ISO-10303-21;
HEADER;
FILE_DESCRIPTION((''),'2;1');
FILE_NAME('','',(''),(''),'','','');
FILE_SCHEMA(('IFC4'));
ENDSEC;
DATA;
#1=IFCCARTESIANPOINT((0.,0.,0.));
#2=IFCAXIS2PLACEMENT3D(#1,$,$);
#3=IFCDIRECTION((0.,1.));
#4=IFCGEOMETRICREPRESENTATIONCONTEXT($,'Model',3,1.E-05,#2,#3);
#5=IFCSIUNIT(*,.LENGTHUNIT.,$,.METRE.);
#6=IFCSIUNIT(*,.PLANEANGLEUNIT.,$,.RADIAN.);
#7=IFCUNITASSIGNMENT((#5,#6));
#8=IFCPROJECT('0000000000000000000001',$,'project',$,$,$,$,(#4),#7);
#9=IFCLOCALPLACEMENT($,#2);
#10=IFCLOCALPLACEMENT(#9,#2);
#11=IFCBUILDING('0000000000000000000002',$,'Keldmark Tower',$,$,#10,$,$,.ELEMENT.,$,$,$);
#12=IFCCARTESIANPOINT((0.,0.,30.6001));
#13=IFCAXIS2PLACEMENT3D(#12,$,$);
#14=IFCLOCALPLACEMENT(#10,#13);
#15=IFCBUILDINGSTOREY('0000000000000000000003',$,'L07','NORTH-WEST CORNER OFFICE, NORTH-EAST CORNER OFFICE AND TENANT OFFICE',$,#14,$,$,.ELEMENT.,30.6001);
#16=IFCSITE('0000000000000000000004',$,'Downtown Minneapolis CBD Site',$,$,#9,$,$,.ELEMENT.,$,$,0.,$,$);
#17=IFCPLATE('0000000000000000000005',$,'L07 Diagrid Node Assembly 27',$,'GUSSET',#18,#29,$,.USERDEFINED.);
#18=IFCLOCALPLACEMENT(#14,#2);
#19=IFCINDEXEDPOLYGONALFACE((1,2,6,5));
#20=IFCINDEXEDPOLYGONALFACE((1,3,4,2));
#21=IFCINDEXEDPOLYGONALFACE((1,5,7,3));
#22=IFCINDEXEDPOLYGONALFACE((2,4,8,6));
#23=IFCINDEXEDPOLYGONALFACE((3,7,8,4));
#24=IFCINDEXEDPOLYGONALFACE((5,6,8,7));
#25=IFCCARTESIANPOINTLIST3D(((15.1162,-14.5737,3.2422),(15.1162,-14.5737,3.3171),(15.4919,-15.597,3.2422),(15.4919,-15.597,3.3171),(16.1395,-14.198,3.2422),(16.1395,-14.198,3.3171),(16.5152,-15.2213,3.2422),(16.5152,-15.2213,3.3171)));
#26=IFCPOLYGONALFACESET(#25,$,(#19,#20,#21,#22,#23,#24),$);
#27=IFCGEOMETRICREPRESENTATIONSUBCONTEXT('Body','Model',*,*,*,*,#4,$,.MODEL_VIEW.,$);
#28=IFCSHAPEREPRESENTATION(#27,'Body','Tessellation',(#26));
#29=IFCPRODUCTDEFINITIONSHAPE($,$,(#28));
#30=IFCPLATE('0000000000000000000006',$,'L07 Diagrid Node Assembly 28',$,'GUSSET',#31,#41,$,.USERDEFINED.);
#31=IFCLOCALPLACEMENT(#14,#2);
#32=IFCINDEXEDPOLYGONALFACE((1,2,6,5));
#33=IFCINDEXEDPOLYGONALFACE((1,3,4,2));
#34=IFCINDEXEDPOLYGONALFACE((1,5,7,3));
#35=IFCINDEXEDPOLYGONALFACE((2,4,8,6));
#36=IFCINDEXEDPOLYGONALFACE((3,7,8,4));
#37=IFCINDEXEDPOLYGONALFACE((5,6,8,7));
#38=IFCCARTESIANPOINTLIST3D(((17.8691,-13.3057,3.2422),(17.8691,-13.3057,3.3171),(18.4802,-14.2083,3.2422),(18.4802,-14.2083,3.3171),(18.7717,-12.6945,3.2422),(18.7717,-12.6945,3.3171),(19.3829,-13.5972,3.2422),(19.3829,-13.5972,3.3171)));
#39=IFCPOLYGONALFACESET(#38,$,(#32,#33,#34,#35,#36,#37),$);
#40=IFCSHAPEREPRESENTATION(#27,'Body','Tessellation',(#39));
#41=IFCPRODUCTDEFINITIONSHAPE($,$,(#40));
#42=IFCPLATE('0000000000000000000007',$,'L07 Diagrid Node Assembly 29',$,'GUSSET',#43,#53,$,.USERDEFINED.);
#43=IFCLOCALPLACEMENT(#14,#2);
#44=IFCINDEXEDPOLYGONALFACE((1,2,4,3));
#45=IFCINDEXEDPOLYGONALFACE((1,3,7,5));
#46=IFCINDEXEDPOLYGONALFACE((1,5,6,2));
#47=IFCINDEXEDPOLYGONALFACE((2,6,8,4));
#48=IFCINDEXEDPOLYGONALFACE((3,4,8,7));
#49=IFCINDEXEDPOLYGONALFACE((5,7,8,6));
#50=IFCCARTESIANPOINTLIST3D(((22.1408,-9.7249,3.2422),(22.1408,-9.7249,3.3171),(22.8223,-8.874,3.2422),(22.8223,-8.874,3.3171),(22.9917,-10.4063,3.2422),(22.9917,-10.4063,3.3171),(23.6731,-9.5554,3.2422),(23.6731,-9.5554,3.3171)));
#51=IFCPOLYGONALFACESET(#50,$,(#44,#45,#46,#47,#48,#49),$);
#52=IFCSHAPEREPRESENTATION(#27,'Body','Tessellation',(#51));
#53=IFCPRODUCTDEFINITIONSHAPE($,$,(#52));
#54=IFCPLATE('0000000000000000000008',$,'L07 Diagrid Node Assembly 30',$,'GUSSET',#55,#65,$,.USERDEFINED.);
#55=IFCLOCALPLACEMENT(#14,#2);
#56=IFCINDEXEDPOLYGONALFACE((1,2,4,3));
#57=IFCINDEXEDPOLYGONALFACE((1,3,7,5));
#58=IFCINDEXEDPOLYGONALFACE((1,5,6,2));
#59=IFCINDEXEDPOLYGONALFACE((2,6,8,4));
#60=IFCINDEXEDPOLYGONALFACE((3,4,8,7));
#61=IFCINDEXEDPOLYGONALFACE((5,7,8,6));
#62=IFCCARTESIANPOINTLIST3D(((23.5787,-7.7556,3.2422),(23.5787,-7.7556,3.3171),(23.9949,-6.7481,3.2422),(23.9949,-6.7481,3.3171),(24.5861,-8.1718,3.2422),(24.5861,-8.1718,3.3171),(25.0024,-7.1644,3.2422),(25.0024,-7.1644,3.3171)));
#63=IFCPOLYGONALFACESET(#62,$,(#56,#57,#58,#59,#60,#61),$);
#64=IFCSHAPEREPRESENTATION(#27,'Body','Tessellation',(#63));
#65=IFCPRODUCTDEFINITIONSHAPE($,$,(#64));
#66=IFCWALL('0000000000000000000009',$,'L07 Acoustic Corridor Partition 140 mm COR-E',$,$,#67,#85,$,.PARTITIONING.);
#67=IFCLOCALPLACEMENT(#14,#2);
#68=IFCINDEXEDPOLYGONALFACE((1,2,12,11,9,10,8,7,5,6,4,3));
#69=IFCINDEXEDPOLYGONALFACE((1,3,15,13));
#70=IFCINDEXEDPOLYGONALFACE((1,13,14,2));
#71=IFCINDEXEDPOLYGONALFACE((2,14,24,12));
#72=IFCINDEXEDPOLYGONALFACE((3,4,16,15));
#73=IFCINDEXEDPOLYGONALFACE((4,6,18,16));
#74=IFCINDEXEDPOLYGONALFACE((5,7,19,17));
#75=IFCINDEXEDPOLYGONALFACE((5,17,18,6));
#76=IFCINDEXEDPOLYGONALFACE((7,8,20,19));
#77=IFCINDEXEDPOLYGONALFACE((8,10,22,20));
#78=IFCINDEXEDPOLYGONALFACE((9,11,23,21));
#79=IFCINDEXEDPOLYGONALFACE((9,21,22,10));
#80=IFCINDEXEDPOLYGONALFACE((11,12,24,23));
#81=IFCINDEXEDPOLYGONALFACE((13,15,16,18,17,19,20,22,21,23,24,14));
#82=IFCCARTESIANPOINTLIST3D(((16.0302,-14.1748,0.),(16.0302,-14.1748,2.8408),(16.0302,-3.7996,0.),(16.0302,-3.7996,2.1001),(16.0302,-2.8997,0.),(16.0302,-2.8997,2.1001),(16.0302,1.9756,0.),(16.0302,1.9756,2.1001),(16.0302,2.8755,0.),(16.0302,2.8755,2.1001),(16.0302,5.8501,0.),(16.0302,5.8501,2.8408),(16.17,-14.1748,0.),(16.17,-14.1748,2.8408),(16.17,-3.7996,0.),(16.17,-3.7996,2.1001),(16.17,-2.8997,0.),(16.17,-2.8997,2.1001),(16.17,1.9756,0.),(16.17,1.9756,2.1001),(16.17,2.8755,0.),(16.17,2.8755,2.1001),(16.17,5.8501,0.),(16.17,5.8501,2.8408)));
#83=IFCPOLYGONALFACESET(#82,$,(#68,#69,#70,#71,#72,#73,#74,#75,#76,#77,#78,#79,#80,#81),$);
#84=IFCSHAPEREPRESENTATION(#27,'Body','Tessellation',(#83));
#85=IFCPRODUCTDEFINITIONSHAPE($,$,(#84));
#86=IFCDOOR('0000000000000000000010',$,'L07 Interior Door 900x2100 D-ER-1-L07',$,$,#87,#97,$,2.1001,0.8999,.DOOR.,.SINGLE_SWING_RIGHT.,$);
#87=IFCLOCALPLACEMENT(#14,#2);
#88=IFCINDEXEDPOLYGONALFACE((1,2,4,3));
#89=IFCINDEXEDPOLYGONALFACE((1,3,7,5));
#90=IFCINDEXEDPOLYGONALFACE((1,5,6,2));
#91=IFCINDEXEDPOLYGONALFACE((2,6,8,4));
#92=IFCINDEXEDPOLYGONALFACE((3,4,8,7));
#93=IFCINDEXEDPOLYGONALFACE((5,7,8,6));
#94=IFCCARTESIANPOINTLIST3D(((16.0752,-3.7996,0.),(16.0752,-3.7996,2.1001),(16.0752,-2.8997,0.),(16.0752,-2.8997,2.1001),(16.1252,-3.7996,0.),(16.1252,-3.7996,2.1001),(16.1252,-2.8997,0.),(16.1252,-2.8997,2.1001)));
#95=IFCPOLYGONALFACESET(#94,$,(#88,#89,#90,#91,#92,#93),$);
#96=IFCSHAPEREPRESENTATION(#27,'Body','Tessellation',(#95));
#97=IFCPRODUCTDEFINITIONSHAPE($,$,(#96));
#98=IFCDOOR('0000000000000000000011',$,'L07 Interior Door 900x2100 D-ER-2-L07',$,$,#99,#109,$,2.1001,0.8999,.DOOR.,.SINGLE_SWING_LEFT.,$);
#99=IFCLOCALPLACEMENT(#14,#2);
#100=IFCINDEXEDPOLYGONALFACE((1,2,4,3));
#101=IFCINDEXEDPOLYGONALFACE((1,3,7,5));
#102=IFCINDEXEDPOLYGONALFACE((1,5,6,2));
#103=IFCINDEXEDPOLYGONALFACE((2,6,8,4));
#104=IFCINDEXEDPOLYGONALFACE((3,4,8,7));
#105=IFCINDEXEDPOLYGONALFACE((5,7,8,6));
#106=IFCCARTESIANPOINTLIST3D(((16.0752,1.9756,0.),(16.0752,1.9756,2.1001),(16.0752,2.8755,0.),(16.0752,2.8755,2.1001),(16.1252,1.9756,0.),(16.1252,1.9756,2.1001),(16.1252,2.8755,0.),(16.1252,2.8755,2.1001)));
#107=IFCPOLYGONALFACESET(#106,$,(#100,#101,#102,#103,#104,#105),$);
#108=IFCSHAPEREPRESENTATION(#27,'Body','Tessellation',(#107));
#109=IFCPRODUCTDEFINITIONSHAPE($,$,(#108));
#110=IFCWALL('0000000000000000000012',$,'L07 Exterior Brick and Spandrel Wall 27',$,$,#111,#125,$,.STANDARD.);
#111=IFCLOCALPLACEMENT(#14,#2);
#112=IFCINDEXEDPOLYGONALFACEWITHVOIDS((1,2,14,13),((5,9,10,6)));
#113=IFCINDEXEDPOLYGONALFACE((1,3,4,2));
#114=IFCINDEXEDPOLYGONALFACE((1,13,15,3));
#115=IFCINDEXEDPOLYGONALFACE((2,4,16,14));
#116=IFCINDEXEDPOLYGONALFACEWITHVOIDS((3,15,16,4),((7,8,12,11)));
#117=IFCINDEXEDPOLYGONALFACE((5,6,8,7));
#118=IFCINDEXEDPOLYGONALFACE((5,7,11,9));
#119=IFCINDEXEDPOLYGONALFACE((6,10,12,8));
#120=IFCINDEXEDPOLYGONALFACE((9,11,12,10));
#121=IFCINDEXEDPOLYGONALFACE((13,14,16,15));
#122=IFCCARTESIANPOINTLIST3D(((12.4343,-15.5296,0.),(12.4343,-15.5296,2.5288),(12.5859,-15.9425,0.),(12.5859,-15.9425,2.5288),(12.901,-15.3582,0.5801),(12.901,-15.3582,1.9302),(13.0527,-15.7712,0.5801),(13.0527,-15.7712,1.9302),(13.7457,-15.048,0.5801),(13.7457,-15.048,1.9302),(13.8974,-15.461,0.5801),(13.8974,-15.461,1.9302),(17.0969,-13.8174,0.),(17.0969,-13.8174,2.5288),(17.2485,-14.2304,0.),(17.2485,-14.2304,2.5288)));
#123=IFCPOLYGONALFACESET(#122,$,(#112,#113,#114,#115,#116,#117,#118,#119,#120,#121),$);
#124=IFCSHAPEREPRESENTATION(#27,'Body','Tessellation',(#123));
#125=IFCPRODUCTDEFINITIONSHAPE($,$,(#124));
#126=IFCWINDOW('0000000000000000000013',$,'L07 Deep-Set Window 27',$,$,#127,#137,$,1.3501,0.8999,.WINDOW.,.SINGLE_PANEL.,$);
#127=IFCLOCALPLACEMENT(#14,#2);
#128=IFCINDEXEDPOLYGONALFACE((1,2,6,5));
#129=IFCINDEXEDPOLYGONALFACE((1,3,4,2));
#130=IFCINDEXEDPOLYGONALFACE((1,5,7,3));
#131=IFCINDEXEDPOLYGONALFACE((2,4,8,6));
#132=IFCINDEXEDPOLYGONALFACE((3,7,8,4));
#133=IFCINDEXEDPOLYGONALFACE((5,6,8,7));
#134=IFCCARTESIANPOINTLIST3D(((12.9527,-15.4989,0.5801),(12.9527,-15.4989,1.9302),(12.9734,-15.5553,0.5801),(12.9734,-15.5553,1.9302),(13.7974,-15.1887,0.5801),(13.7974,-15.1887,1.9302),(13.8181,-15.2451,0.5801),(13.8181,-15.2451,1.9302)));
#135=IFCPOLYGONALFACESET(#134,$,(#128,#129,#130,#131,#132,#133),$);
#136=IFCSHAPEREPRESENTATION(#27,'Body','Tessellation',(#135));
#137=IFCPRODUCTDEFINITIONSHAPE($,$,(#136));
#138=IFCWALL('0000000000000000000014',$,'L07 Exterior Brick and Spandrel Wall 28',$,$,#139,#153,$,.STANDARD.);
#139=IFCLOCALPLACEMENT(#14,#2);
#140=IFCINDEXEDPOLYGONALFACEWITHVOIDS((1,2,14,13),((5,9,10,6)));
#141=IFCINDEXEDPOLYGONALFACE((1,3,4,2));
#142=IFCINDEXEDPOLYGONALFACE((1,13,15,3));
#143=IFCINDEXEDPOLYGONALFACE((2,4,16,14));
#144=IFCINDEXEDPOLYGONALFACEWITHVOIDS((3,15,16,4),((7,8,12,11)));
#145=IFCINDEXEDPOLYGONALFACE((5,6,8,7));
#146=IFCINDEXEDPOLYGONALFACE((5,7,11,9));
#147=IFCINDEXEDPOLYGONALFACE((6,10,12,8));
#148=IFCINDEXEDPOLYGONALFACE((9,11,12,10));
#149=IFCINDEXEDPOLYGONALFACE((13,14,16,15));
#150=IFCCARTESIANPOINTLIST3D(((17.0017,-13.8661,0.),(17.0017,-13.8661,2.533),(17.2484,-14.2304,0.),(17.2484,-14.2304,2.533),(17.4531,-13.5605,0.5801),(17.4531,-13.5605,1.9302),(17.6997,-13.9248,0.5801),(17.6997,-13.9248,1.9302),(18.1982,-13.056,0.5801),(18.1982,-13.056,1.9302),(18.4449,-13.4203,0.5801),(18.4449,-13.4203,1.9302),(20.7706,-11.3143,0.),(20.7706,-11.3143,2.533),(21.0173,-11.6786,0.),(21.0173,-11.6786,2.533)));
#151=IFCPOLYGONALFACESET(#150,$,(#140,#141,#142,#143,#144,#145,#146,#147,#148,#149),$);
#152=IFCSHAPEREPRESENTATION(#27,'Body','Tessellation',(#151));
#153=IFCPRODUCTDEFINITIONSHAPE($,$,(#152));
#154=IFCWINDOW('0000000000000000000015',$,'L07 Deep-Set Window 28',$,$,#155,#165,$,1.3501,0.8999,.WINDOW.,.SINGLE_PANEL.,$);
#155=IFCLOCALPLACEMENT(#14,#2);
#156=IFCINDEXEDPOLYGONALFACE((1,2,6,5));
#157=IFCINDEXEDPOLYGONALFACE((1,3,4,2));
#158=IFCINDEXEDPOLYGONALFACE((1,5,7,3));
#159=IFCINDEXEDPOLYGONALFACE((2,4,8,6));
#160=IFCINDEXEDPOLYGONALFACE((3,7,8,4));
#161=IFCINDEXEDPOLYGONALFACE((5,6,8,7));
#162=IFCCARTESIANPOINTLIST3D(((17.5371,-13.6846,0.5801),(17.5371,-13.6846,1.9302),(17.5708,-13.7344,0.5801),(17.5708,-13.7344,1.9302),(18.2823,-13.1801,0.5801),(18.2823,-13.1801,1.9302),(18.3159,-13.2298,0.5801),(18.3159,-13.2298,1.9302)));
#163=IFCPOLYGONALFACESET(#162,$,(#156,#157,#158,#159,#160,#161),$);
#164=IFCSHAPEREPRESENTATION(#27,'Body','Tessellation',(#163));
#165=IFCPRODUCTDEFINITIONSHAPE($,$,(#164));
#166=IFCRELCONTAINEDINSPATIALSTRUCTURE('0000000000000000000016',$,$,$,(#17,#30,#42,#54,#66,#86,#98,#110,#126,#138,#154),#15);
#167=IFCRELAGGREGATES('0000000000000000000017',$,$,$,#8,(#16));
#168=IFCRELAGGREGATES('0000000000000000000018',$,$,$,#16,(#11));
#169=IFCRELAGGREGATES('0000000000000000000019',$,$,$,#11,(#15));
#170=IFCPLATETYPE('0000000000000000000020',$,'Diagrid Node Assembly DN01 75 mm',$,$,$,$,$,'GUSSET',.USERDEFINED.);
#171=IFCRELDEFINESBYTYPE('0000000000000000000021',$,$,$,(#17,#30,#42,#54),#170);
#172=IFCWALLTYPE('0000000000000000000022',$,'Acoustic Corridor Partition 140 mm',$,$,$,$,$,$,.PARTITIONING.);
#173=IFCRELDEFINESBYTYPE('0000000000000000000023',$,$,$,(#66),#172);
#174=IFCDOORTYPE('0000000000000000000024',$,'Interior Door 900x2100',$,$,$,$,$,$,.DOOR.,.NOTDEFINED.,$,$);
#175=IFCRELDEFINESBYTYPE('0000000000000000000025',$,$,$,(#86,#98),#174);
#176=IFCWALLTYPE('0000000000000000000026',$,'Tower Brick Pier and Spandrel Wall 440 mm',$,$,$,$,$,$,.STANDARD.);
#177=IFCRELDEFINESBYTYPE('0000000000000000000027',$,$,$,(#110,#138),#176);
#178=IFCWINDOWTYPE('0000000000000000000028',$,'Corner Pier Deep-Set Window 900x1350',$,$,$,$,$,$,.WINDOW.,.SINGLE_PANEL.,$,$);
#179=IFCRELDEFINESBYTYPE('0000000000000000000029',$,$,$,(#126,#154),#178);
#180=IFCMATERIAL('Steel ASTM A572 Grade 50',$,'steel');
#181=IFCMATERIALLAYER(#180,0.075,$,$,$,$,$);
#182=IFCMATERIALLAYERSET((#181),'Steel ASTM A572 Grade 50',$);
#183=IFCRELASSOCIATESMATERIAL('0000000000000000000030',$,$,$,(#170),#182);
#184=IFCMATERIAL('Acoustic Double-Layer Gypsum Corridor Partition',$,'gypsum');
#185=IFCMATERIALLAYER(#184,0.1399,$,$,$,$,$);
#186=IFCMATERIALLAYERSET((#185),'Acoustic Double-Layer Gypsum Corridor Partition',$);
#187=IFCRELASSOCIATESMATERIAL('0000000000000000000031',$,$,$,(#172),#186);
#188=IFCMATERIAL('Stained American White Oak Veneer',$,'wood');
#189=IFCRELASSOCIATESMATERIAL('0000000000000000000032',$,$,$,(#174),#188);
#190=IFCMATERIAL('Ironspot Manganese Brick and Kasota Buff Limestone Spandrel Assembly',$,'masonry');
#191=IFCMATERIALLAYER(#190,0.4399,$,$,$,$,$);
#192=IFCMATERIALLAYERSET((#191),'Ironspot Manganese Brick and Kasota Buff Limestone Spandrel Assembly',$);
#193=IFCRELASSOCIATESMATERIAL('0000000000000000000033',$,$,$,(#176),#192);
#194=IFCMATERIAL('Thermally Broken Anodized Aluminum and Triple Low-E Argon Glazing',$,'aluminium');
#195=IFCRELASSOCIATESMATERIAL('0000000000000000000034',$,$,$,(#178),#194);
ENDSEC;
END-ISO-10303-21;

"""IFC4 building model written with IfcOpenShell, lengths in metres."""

from ifc_helpers import new_model, si_unit, direction, frame, frame_2d, origin, origin_2d, place, context, subcontext, project, spatial, rectangle, extrude, material, layer, layer_set, type_object, element, fill, save


model = new_model("IFC4")

# Units and contexts
model_context = context("Model", 3, precision=1e-05, world=origin(), true_north=direction((0.0, 1.0)))
body_context = subcontext(model_context, "Body", "Model", "MODEL_VIEW")
ifc_project = project(units=[si_unit("LENGTHUNIT", "METRE"), si_unit("PLANEANGLEUNIT", "RADIAN")], contexts=[model_context])

# Site, building, storey
site_placement = place(None, origin())
site = spatial("IfcSite", under=ifc_project, at=site_placement, Name="Downtown Minneapolis CBD Site", CompositionType="ELEMENT", RefElevation=0.0)
building_placement = place(site_placement, origin())
building = spatial("IfcBuilding", under=site, at=building_placement, Name="Keldmark Tower", CompositionType="ELEMENT")
storey_placement = place(building_placement, frame((0.0, 0.0, 30.6001)))
storey = spatial("IfcBuildingStorey", under=building, at=storey_placement, Name="L07", Description="NORTH-WEST CORNER OFFICE, NORTH-EAST CORNER OFFICE AND TENANT OFFICE", CompositionType="ELEMENT", Elevation=30.6001)

# Plates
ifc_material_1 = material(Name="Steel ASTM A572 Grade 50", Category="steel")
ifc_layer_1 = layer(ifc_material_1, 0.075)
ifc_layer_set_1 = layer_set([ifc_layer_1], Name="Steel ASTM A572 Grade 50")
plate_type = type_object("IfcPlateType", Name="Diagrid Node Assembly DN01 75 mm", ElementType="GUSSET", PredefinedType="USERDEFINED", material=ifc_layer_set_1)
for number, where, z_axis, x_axis, name in (
    (1, (15.8157, -14.8975, 3.2422), (0.0, 0.0, 1.0), (0.938734, 0.344643, 0.0), "L07 Diagrid Node Assembly 27"),
    (2, (18.626, -13.4514, 3.2422), (0.0, 0.0, 1.0), (0.82806, 0.560639, 0.0), "L07 Diagrid Node Assembly 28"),
    (3, (22.907, -9.6401, 3.2422), (0.0, 0.0, 1.0), (0.625106, 0.78054, 0.0), "L07 Diagrid Node Assembly 29"),
    (4, (24.2905, -7.46, 3.2422), (0.0, 0.0, 1.0), (0.381877, 0.924213, 0.0), "L07 Diagrid Node Assembly 30"),
):
    element("IfcPlate", number, at=place(storey_placement, frame(where, z_axis=z_axis, x_axis=x_axis)), inside=storey, type_object=plate_type, Name=name, ObjectType="GUSSET", PredefinedType="USERDEFINED", context=body_context, shape_type="SweptSolid", body=[
        extrude(rectangle(XDim=1.0901, YDim=1.0901, at=origin_2d()), origin(), (0.0, 0.0, 1.0), 0.075),
    ])

# Wall, openings, doors
ifc_material_2 = material(Name="Acoustic Double-Layer Gypsum Corridor Partition", Category="gypsum")
ifc_layer_2 = layer(ifc_material_2, 0.1399)
ifc_layer_set_2 = layer_set([ifc_layer_2], Name="Acoustic Double-Layer Gypsum Corridor Partition")
wall_type_1 = type_object("IfcWallType", Name="Acoustic Corridor Partition 140 mm", PredefinedType="PARTITIONING", material=ifc_layer_set_2)
wall_1_placement = place(storey_placement, frame((16.1001, -14.1748, 0.0), z_axis=(0.0, 0.0, 1.0), x_axis=(0.0, 1.0, 0.0)))
wall_1 = element("IfcWall", 5, at=wall_1_placement, inside=storey, type_object=wall_type_1, Name="L07 Acoustic Corridor Partition 140 mm COR-E", PredefinedType="PARTITIONING", context=body_context, shape_type="SweptSolid", body=[
    extrude(rectangle(XDim=20.0249, YDim=0.1399, at=frame_2d((10.0125, 0.0))), origin(), (0.0, 0.0, 1.0), 2.8408),
])
opening_1_placement = place(wall_1_placement, frame((10.3752, 0.0, 0.0)))
opening_1 = element("IfcOpeningElement", 6, at=opening_1_placement, cuts=wall_1, PredefinedType="OPENING", context=body_context, shape_type="SweptSolid", body=[
    extrude(rectangle(XDim=0.8999, YDim=2.1001, at=frame_2d((0.45, 1.05))), frame((0.0, 0.0798, 0.0), z_axis=(0.0, -1.0, 0.0), x_axis=(1.0, 0.0, 0.0)), (0.0, 0.0, 1.0), 0.1599),
])
opening_2_placement = place(wall_1_placement, frame((16.1504, 0.0, 0.0)))
opening_2 = element("IfcOpeningElement", 7, at=opening_2_placement, cuts=wall_1, PredefinedType="OPENING", context=body_context, shape_type="SweptSolid", body=[
    extrude(rectangle(XDim=0.8999, YDim=2.1001, at=frame_2d((0.45, 1.05))), frame((0.0, 0.0798, 0.0), z_axis=(0.0, -1.0, 0.0), x_axis=(1.0, 0.0, 0.0)), (0.0, 0.0, 1.0), 0.1599),
])
ifc_material_3 = material(Name="Stained American White Oak Veneer", Category="wood")
door_type = type_object("IfcDoorType", Name="Interior Door 900x2100", OperationType="NOTDEFINED", PredefinedType="DOOR", material=ifc_material_3)
door_1_placement = place(opening_1_placement, origin())
door_1 = element("IfcDoor", 8, at=door_1_placement, inside=storey, type_object=door_type, Name="L07 Interior Door 900x2100 D-ER-1-L07", OperationType="SINGLE_SWING_RIGHT", OverallHeight=2.1001, OverallWidth=0.8999, PredefinedType="DOOR", context=body_context, shape_type="SweptSolid", body=[
    extrude(rectangle(XDim=0.8999, YDim=2.1001, at=frame_2d((0.45, 1.05))), frame((0.0, 0.0249, 0.0), z_axis=(0.0, -1.0, 0.0), x_axis=(1.0, 0.0, 0.0)), (0.0, 0.0, 1.0), 0.05),
])
fill(opening_1, door_1)
door_2_placement = place(opening_2_placement, origin())
door_2 = element("IfcDoor", 9, at=door_2_placement, inside=storey, type_object=door_type, Name="L07 Interior Door 900x2100 D-ER-2-L07", OperationType="SINGLE_SWING_LEFT", OverallHeight=2.1001, OverallWidth=0.8999, PredefinedType="DOOR", context=body_context, shape_type="SweptSolid", body=[
    extrude(rectangle(XDim=0.8999, YDim=2.1001, at=frame_2d((0.45, 1.05))), frame((0.0, 0.0249, 0.0), z_axis=(0.0, -1.0, 0.0), x_axis=(1.0, 0.0, 0.0)), (0.0, 0.0, 1.0), 0.05),
])
fill(opening_2, door_2)

# Walls, openings, windows
ifc_material_4 = material(Name="Ironspot Manganese Brick and Kasota Buff Limestone Spandrel Assembly", Category="masonry")
ifc_layer_3 = layer(ifc_material_4, 0.4399)
ifc_layer_set_3 = layer_set([ifc_layer_3], Name="Ironspot Manganese Brick and Kasota Buff Limestone Spandrel Assembly")
wall_type_2 = type_object("IfcWallType", Name="Tower Brick Pier and Spandrel Wall 440 mm", PredefinedType="STANDARD", material=ifc_layer_set_3)
wall_2_placement = place(storey_placement, frame((17.1726, -14.0239, 0.0), z_axis=(0.0, 0.0, 1.0), x_axis=(-0.938711, -0.344705, 0.0)))
wall_2 = element("IfcWall", 10, at=wall_2_placement, inside=storey, type_object=wall_type_2, Name="L07 Exterior Brick and Spandrel Wall 27", PredefinedType="STANDARD", context=body_context, shape_type="SweptSolid", body=[
    extrude(rectangle(XDim=4.967, YDim=0.4399, at=frame_2d((2.4834, 0.0))), origin(), (0.0, 0.0, 1.0), 2.5288),
])
opening_3_placement = place(wall_2_placement, frame((3.5698, 0.0, 0.5801)))
opening_3 = element("IfcOpeningElement", 11, at=opening_3_placement, cuts=wall_2, PredefinedType="OPENING", context=body_context, shape_type="SweptSolid", body=[
    extrude(rectangle(XDim=0.8999, YDim=1.3501, at=frame_2d((0.45, 0.675))), frame((0.0, 0.23, 0.0), z_axis=(0.0, -1.0, 0.0), x_axis=(1.0, 0.0, 0.0)), (0.0, 0.0, 1.0), 0.46),
])
ifc_material_5 = material(Name="Thermally Broken Anodized Aluminum and Triple Low-E Argon Glazing", Category="aluminium")
window_type = type_object("IfcWindowType", Name="Corner Pier Deep-Set Window 900x1350", PartitioningType="SINGLE_PANEL", PredefinedType="WINDOW", material=ifc_material_5)
window_1_placement = place(opening_3_placement, origin())
window_1 = element("IfcWindow", 12, at=window_1_placement, inside=storey, type_object=window_type, Name="L07 Deep-Set Window 27", OverallHeight=1.3501, OverallWidth=0.8999, PartitioningType="SINGLE_PANEL", PredefinedType="WINDOW", context=body_context, shape_type="SweptSolid", body=[
    extrude(rectangle(XDim=0.8999, YDim=1.3501, at=frame_2d((0.45, 0.675))), frame((0.0, -0.01, 0.0), z_axis=(0.0, -1.0, 0.0), x_axis=(1.0, 0.0, 0.0)), (0.0, 0.0, 1.0), 0.0601),
])
fill(opening_3, window_1)
wall_3_placement = place(storey_placement, frame((20.894, -11.4963, 0.0), z_axis=(0.0, 0.0, 1.0), x_axis=(-0.828051, -0.560652, 0.0)))
wall_3 = element("IfcWall", 13, at=wall_3_placement, inside=storey, type_object=wall_type_2, Name="L07 Exterior Brick and Spandrel Wall 28", PredefinedType="STANDARD", context=body_context, shape_type="SweptSolid", body=[
    extrude(rectangle(XDim=4.5515, YDim=0.4399, at=frame_2d((2.2759, 0.0))), origin(), (0.0, 0.0, 1.0), 2.533),
])
opening_4_placement = place(wall_3_placement, frame((3.1067, 0.0, 0.5801)))
opening_4 = element("IfcOpeningElement", 14, at=opening_4_placement, cuts=wall_3, PredefinedType="OPENING", context=body_context, shape_type="SweptSolid", body=[
    extrude(rectangle(XDim=0.8999, YDim=1.3501, at=frame_2d((0.45, 0.675))), frame((0.0, 0.23, 0.0), z_axis=(0.0, -1.0, 0.0), x_axis=(1.0, 0.0, 0.0)), (0.0, 0.0, 1.0), 0.46),
])
window_2_placement = place(opening_4_placement, origin())
window_2 = element("IfcWindow", 15, at=window_2_placement, inside=storey, type_object=window_type, Name="L07 Deep-Set Window 28", OverallHeight=1.3501, OverallWidth=0.8999, PartitioningType="SINGLE_PANEL", PredefinedType="WINDOW", context=body_context, shape_type="SweptSolid", body=[
    extrude(rectangle(XDim=0.8999, YDim=1.3501, at=frame_2d((0.45, 0.675))), frame((0.0, -0.01, 0.0), z_axis=(0.0, -1.0, 0.0), x_axis=(1.0, 0.0, 0.0)), (0.0, 0.0, 1.0), 0.0601),
])
fill(opening_4, window_2)

save(model, "model.ifc")
